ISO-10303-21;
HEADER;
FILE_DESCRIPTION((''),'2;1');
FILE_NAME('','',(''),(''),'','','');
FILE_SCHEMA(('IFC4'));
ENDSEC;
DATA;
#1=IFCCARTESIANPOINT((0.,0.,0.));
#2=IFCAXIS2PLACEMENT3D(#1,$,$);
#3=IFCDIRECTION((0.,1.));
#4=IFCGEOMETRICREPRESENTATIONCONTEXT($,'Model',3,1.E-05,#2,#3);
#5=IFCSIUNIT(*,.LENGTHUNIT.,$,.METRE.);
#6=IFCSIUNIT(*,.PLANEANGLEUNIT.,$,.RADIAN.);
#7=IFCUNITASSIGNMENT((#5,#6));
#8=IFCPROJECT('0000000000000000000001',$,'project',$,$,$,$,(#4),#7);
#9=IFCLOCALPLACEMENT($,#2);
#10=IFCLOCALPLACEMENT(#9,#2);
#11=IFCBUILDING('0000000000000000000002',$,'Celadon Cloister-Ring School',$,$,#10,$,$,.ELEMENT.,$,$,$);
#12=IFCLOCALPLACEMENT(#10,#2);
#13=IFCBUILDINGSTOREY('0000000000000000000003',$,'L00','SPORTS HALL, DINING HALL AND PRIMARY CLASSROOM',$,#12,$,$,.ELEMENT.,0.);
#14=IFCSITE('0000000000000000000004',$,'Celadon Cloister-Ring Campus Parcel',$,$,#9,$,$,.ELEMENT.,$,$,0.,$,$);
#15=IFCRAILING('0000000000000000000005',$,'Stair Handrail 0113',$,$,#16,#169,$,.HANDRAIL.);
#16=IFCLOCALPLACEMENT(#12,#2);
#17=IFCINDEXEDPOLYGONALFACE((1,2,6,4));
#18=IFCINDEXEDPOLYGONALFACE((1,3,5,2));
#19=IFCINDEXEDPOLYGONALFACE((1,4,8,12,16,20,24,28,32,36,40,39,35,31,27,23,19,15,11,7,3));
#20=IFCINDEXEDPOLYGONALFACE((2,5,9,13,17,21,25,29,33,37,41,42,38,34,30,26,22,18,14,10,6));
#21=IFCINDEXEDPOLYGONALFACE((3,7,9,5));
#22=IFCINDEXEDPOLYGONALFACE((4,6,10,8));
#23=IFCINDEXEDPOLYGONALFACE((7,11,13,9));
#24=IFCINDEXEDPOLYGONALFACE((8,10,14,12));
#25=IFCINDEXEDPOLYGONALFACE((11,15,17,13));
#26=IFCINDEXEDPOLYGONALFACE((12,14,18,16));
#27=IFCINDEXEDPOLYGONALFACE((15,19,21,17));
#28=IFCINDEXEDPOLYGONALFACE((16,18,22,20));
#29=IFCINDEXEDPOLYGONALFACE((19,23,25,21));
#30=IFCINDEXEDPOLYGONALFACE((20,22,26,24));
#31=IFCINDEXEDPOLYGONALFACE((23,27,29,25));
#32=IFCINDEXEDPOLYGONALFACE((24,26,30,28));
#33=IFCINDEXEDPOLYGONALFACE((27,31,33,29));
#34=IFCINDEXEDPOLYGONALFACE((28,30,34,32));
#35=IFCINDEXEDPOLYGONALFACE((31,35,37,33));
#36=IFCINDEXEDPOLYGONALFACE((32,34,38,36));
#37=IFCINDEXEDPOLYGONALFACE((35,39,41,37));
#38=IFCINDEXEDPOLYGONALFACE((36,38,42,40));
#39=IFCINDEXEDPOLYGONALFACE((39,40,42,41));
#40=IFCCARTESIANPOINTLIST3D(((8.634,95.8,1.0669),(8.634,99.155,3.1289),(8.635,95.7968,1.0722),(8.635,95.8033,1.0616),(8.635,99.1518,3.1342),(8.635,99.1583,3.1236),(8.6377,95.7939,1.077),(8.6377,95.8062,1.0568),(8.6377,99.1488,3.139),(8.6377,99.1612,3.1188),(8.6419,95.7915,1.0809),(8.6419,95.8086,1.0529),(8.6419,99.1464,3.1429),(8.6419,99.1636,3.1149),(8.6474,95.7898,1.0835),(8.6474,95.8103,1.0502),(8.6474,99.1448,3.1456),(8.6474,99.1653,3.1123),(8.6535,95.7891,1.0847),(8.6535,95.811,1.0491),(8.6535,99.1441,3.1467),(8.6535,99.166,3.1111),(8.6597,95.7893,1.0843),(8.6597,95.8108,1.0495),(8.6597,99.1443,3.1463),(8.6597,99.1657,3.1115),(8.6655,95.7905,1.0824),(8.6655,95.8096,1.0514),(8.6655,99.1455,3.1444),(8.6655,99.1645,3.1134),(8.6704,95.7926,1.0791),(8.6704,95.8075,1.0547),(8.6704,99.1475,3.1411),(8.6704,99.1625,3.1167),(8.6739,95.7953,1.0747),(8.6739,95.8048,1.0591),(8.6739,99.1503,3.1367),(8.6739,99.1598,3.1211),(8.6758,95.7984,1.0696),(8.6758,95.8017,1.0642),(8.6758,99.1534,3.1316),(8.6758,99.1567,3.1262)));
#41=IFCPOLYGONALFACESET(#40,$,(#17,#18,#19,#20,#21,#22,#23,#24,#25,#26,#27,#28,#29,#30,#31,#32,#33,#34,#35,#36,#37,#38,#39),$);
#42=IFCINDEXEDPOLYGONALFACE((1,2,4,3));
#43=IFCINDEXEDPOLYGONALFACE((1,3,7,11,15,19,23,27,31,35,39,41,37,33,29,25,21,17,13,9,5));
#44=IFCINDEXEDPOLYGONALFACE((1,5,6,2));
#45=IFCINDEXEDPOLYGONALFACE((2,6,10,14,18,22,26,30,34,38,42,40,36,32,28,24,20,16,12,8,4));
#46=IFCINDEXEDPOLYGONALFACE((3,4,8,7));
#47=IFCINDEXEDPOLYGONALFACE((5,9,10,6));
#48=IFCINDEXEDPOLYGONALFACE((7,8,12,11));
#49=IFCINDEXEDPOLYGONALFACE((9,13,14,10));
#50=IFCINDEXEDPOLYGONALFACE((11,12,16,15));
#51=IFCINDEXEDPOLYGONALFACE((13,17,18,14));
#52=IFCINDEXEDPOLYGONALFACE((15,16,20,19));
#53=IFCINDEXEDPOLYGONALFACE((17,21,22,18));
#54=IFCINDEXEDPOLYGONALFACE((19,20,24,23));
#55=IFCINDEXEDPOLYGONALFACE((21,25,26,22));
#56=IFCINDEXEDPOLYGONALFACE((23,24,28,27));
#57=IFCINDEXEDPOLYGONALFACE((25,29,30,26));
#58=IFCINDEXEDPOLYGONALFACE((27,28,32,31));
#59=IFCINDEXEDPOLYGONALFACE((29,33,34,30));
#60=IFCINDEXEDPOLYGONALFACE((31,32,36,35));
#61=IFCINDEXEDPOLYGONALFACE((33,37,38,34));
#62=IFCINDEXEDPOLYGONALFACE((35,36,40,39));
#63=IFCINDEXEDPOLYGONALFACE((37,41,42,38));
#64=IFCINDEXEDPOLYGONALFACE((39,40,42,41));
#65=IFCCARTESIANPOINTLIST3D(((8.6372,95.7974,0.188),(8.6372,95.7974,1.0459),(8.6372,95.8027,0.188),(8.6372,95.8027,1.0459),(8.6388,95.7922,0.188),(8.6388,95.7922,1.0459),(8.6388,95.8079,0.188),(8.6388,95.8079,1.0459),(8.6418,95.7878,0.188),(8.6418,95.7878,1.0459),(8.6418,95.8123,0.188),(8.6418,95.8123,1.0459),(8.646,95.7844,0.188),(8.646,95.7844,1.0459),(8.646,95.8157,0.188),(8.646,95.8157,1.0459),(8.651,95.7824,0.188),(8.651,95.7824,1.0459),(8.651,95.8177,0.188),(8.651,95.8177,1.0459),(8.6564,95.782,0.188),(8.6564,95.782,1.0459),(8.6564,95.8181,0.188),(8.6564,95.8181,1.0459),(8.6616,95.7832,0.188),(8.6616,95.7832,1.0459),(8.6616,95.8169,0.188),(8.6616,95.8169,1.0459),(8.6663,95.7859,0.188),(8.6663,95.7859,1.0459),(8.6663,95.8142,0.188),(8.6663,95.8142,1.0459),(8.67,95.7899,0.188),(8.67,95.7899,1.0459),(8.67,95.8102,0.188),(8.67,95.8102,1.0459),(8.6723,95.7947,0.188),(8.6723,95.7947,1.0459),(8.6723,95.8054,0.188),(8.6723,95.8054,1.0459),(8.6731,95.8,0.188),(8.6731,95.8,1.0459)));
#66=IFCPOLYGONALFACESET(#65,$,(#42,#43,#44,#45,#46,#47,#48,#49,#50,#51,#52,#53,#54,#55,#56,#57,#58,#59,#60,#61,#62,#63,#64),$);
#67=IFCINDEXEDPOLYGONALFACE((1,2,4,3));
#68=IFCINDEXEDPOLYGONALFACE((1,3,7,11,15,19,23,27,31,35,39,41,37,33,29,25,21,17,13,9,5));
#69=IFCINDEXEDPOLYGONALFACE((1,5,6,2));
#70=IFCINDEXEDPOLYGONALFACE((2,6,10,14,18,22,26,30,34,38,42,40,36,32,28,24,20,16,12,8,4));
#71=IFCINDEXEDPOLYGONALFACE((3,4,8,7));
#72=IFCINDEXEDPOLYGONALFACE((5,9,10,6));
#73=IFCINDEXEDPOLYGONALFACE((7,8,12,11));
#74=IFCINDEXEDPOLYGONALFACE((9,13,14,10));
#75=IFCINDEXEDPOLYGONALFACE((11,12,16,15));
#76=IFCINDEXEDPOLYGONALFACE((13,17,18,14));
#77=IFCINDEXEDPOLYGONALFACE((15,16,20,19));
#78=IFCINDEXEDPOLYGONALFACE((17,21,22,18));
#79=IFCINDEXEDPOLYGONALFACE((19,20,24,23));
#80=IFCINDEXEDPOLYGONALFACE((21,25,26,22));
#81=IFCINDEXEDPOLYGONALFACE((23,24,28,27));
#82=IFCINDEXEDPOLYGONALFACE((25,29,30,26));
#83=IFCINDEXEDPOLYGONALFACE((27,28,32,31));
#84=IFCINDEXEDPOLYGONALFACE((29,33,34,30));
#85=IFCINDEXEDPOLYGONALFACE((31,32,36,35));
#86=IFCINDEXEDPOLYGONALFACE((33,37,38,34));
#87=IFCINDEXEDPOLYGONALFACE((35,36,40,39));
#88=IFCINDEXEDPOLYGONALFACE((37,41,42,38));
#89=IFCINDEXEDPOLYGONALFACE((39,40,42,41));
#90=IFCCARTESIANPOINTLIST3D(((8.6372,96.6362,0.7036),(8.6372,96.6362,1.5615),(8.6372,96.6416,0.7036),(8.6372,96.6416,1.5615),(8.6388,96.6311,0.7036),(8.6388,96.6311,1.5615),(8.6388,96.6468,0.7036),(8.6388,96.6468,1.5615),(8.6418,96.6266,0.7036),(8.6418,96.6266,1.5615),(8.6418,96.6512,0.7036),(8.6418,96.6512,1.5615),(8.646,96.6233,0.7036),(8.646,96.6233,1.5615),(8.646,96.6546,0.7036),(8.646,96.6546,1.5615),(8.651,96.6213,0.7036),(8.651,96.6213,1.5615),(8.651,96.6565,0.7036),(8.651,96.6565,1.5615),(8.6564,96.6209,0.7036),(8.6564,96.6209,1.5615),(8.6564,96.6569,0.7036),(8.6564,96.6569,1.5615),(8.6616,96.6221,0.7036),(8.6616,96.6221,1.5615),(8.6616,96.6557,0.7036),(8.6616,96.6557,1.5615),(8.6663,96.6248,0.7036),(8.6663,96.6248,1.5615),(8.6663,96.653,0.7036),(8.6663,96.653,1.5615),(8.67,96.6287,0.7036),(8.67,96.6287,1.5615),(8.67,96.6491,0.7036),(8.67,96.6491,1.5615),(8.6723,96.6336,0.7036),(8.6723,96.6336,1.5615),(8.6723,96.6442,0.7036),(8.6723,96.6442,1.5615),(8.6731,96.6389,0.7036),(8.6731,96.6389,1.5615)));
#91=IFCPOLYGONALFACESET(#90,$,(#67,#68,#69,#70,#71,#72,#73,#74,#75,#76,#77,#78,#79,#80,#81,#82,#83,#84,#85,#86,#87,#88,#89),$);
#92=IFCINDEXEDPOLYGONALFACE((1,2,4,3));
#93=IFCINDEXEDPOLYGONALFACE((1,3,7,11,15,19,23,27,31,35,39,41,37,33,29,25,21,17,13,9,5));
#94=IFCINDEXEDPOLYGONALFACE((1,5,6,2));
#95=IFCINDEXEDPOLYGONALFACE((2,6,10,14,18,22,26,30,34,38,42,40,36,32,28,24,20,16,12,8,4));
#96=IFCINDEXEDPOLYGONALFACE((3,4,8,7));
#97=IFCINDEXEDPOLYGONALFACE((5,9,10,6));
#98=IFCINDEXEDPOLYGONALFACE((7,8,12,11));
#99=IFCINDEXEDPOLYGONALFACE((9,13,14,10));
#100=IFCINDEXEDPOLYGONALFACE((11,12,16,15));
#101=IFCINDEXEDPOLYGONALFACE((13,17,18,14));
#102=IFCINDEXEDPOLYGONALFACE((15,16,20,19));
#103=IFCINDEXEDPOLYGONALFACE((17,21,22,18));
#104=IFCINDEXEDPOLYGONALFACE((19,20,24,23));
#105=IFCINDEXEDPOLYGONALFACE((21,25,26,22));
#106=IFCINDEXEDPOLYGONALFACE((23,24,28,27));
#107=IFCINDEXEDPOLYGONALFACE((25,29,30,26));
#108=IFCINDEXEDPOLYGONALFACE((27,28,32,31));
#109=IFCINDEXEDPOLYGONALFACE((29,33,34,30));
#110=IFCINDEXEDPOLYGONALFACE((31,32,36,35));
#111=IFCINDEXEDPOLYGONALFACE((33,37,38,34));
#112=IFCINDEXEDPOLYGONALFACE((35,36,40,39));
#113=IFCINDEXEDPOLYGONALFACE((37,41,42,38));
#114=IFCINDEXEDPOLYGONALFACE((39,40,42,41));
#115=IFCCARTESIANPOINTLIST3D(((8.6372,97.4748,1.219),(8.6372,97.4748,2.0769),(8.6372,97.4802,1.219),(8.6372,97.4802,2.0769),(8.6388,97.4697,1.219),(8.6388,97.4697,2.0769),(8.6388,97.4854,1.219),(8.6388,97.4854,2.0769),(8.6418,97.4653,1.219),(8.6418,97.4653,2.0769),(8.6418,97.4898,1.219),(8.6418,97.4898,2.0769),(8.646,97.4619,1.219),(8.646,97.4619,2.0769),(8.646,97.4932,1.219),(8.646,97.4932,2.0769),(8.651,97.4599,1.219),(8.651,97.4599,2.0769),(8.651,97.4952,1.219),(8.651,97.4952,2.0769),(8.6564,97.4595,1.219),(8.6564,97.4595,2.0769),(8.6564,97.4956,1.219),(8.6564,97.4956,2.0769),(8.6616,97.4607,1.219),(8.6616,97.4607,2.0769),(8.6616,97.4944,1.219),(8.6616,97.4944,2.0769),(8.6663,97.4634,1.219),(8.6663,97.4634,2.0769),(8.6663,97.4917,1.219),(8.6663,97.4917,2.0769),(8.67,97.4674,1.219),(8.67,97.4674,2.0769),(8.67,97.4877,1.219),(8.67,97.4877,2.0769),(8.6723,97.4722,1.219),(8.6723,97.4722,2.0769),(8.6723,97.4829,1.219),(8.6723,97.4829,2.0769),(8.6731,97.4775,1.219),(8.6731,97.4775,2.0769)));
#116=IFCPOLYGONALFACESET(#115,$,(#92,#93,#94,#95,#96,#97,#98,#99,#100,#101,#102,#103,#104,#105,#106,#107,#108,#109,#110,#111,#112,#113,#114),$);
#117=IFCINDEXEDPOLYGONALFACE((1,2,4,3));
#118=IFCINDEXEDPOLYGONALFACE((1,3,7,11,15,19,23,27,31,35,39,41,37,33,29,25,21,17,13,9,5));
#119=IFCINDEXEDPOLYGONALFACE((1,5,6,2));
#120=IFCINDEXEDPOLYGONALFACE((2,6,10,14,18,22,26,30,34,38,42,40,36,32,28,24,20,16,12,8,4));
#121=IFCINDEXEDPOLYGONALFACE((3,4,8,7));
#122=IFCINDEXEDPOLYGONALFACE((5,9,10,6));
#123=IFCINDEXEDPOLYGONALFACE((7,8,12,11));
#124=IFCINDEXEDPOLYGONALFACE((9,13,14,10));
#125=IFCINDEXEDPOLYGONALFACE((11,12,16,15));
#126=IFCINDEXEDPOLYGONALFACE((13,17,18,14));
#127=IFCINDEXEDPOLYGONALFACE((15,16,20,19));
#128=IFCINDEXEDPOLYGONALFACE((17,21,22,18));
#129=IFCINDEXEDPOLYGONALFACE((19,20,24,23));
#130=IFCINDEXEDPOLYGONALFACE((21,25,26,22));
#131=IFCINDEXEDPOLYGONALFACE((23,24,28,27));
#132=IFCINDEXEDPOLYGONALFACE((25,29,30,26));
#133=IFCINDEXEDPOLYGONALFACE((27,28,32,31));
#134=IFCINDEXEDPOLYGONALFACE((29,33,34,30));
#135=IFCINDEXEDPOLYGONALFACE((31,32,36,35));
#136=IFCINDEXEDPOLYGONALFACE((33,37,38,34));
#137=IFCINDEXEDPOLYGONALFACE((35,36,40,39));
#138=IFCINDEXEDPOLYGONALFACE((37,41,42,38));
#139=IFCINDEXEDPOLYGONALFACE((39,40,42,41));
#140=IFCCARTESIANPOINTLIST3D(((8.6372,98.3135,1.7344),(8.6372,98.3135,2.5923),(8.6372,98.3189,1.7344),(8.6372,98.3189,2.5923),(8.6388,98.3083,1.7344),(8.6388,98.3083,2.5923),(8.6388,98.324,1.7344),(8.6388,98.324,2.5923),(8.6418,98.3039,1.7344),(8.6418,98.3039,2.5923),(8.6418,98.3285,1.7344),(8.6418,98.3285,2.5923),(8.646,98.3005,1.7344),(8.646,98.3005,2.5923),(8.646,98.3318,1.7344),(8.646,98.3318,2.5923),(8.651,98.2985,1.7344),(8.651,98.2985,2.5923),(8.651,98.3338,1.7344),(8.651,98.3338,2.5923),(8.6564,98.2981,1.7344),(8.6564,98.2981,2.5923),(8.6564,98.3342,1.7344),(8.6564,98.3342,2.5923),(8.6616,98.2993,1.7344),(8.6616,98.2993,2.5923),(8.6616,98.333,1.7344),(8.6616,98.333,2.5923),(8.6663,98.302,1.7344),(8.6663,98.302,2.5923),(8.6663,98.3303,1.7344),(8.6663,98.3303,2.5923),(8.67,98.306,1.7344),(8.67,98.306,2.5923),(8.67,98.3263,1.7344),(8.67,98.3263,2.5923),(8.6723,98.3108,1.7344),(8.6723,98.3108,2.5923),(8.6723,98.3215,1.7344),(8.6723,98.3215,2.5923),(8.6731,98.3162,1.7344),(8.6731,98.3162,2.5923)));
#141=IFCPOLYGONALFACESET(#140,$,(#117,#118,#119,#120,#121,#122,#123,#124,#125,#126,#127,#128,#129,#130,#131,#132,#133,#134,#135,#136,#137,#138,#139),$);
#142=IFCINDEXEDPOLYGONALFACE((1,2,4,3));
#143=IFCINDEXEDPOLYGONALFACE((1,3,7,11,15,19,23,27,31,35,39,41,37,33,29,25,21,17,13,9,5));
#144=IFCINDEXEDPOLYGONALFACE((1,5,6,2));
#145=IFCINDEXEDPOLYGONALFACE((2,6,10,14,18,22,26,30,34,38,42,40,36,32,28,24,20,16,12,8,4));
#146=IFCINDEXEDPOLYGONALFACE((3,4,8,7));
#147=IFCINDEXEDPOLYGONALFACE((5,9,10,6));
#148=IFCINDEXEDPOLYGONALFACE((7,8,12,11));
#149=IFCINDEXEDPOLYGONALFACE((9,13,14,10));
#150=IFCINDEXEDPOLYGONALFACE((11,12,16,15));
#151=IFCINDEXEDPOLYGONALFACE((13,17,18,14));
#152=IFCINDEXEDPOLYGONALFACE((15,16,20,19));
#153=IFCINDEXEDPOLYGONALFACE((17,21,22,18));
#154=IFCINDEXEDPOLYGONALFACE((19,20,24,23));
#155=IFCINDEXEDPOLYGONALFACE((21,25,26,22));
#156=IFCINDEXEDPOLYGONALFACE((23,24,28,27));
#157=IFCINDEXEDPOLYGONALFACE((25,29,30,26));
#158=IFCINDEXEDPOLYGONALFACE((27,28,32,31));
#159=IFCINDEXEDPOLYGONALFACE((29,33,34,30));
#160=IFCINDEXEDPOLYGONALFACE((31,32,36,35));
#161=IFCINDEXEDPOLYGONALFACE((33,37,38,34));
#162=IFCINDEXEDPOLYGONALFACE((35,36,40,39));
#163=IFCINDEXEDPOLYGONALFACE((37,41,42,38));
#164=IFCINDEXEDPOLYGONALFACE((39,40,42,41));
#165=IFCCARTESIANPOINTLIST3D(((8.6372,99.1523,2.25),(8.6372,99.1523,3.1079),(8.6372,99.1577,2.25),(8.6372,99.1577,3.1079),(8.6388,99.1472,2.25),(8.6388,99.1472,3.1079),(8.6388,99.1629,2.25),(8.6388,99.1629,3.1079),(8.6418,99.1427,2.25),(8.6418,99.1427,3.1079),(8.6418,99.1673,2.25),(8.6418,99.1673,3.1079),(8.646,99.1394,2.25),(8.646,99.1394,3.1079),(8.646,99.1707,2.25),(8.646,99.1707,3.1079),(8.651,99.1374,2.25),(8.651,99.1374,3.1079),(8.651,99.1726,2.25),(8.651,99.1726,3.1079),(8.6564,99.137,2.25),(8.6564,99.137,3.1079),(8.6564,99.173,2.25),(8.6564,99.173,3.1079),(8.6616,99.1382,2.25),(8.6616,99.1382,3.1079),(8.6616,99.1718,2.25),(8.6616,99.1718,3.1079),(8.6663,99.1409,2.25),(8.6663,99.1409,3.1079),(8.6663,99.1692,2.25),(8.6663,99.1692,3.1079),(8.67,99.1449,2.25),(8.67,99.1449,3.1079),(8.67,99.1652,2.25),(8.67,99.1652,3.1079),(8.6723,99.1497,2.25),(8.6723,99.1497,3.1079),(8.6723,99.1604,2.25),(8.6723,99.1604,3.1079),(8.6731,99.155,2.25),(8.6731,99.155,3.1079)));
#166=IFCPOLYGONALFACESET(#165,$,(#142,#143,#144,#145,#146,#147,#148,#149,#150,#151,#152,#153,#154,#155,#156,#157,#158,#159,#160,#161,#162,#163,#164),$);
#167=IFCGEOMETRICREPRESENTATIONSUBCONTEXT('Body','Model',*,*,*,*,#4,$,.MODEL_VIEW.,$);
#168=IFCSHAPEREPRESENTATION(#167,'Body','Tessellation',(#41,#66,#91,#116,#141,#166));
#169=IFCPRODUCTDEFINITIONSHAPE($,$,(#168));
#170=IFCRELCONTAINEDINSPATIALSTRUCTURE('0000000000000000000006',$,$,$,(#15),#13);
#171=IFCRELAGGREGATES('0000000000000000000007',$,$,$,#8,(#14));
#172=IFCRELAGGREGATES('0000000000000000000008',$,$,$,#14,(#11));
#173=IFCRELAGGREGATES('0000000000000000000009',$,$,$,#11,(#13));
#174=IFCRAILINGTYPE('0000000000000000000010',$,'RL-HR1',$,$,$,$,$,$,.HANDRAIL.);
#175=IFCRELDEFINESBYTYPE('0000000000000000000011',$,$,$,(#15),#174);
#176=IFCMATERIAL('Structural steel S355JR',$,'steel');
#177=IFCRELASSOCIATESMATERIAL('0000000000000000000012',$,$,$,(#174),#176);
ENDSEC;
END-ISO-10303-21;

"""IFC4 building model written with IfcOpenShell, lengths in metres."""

from ifc_helpers import new_model, si_unit, direction, frame, origin, origin_2d, place, context, subcontext, project, spatial, circle, extrude, material, type_object, element, save


model = new_model("IFC4")

# Units and contexts
model_context = context("Model", 3, precision=1e-05, world=origin(), true_north=direction((0.0, 1.0)))
body_context = subcontext(model_context, "Body", "Model", "MODEL_VIEW")
ifc_project = project(units=[si_unit("LENGTHUNIT", "METRE"), si_unit("PLANEANGLEUNIT", "RADIAN")], contexts=[model_context])

# Site, building, storey
site_placement = place(None, origin())
site = spatial("IfcSite", under=ifc_project, at=site_placement, Name="Celadon Cloister-Ring Campus Parcel", CompositionType="ELEMENT", RefElevation=0.0)
building_placement = place(site_placement, origin())
building = spatial("IfcBuilding", under=site, at=building_placement, Name="Celadon Cloister-Ring School", CompositionType="ELEMENT")
storey_placement = place(building_placement, origin())
storey = spatial("IfcBuildingStorey", under=building, at=storey_placement, Name="L00", Description="SPORTS HALL, DINING HALL AND PRIMARY CLASSROOM", CompositionType="ELEMENT", Elevation=0.0)

# Railing
ifc_material_1 = material(Name="Structural steel S355JR", Category="steel")
railing_type = type_object("IfcRailingType", Name="RL-HR1", PredefinedType="HANDRAIL", material=ifc_material_1)
for number, where, name in (
    (1, (8.655, 95.8, 0.188), "Stair Handrail 0113"),
):
    element("IfcRailing", number, at=place(storey_placement, frame(where)), inside=storey, type_object=railing_type, Name=name, PredefinedType="HANDRAIL", context=body_context, shape_type="SweptSolid", body=[
        extrude(circle(Radius=0.021, at=origin_2d()), frame((0.0, 0.0, 0.8789), z_axis=(0.0, 0.851952, 0.52362), x_axis=(-1.0, 0.0, 0.0)), (0.0, 0.0, 1.0), 3.938),
        extrude(circle(Radius=0.0181, at=origin_2d()), origin(), (0.0, 0.0, 1.0), 0.8579),
        extrude(circle(Radius=0.0181, at=origin_2d()), frame((0.0, 0.8389, 0.5156)), (0.0, 0.0, 1.0), 0.8579),
        extrude(circle(Radius=0.0181, at=origin_2d()), frame((0.0, 1.6775, 1.031)), (0.0, 0.0, 1.0), 0.8579),
        extrude(circle(Radius=0.0181, at=origin_2d()), frame((0.0, 2.5161, 1.5464)), (0.0, 0.0, 1.0), 0.8579),
        extrude(circle(Radius=0.0181, at=origin_2d()), frame((0.0, 3.355, 2.062)), (0.0, 0.0, 1.0), 0.8579),
    ])

save(model, "model.ifc")
